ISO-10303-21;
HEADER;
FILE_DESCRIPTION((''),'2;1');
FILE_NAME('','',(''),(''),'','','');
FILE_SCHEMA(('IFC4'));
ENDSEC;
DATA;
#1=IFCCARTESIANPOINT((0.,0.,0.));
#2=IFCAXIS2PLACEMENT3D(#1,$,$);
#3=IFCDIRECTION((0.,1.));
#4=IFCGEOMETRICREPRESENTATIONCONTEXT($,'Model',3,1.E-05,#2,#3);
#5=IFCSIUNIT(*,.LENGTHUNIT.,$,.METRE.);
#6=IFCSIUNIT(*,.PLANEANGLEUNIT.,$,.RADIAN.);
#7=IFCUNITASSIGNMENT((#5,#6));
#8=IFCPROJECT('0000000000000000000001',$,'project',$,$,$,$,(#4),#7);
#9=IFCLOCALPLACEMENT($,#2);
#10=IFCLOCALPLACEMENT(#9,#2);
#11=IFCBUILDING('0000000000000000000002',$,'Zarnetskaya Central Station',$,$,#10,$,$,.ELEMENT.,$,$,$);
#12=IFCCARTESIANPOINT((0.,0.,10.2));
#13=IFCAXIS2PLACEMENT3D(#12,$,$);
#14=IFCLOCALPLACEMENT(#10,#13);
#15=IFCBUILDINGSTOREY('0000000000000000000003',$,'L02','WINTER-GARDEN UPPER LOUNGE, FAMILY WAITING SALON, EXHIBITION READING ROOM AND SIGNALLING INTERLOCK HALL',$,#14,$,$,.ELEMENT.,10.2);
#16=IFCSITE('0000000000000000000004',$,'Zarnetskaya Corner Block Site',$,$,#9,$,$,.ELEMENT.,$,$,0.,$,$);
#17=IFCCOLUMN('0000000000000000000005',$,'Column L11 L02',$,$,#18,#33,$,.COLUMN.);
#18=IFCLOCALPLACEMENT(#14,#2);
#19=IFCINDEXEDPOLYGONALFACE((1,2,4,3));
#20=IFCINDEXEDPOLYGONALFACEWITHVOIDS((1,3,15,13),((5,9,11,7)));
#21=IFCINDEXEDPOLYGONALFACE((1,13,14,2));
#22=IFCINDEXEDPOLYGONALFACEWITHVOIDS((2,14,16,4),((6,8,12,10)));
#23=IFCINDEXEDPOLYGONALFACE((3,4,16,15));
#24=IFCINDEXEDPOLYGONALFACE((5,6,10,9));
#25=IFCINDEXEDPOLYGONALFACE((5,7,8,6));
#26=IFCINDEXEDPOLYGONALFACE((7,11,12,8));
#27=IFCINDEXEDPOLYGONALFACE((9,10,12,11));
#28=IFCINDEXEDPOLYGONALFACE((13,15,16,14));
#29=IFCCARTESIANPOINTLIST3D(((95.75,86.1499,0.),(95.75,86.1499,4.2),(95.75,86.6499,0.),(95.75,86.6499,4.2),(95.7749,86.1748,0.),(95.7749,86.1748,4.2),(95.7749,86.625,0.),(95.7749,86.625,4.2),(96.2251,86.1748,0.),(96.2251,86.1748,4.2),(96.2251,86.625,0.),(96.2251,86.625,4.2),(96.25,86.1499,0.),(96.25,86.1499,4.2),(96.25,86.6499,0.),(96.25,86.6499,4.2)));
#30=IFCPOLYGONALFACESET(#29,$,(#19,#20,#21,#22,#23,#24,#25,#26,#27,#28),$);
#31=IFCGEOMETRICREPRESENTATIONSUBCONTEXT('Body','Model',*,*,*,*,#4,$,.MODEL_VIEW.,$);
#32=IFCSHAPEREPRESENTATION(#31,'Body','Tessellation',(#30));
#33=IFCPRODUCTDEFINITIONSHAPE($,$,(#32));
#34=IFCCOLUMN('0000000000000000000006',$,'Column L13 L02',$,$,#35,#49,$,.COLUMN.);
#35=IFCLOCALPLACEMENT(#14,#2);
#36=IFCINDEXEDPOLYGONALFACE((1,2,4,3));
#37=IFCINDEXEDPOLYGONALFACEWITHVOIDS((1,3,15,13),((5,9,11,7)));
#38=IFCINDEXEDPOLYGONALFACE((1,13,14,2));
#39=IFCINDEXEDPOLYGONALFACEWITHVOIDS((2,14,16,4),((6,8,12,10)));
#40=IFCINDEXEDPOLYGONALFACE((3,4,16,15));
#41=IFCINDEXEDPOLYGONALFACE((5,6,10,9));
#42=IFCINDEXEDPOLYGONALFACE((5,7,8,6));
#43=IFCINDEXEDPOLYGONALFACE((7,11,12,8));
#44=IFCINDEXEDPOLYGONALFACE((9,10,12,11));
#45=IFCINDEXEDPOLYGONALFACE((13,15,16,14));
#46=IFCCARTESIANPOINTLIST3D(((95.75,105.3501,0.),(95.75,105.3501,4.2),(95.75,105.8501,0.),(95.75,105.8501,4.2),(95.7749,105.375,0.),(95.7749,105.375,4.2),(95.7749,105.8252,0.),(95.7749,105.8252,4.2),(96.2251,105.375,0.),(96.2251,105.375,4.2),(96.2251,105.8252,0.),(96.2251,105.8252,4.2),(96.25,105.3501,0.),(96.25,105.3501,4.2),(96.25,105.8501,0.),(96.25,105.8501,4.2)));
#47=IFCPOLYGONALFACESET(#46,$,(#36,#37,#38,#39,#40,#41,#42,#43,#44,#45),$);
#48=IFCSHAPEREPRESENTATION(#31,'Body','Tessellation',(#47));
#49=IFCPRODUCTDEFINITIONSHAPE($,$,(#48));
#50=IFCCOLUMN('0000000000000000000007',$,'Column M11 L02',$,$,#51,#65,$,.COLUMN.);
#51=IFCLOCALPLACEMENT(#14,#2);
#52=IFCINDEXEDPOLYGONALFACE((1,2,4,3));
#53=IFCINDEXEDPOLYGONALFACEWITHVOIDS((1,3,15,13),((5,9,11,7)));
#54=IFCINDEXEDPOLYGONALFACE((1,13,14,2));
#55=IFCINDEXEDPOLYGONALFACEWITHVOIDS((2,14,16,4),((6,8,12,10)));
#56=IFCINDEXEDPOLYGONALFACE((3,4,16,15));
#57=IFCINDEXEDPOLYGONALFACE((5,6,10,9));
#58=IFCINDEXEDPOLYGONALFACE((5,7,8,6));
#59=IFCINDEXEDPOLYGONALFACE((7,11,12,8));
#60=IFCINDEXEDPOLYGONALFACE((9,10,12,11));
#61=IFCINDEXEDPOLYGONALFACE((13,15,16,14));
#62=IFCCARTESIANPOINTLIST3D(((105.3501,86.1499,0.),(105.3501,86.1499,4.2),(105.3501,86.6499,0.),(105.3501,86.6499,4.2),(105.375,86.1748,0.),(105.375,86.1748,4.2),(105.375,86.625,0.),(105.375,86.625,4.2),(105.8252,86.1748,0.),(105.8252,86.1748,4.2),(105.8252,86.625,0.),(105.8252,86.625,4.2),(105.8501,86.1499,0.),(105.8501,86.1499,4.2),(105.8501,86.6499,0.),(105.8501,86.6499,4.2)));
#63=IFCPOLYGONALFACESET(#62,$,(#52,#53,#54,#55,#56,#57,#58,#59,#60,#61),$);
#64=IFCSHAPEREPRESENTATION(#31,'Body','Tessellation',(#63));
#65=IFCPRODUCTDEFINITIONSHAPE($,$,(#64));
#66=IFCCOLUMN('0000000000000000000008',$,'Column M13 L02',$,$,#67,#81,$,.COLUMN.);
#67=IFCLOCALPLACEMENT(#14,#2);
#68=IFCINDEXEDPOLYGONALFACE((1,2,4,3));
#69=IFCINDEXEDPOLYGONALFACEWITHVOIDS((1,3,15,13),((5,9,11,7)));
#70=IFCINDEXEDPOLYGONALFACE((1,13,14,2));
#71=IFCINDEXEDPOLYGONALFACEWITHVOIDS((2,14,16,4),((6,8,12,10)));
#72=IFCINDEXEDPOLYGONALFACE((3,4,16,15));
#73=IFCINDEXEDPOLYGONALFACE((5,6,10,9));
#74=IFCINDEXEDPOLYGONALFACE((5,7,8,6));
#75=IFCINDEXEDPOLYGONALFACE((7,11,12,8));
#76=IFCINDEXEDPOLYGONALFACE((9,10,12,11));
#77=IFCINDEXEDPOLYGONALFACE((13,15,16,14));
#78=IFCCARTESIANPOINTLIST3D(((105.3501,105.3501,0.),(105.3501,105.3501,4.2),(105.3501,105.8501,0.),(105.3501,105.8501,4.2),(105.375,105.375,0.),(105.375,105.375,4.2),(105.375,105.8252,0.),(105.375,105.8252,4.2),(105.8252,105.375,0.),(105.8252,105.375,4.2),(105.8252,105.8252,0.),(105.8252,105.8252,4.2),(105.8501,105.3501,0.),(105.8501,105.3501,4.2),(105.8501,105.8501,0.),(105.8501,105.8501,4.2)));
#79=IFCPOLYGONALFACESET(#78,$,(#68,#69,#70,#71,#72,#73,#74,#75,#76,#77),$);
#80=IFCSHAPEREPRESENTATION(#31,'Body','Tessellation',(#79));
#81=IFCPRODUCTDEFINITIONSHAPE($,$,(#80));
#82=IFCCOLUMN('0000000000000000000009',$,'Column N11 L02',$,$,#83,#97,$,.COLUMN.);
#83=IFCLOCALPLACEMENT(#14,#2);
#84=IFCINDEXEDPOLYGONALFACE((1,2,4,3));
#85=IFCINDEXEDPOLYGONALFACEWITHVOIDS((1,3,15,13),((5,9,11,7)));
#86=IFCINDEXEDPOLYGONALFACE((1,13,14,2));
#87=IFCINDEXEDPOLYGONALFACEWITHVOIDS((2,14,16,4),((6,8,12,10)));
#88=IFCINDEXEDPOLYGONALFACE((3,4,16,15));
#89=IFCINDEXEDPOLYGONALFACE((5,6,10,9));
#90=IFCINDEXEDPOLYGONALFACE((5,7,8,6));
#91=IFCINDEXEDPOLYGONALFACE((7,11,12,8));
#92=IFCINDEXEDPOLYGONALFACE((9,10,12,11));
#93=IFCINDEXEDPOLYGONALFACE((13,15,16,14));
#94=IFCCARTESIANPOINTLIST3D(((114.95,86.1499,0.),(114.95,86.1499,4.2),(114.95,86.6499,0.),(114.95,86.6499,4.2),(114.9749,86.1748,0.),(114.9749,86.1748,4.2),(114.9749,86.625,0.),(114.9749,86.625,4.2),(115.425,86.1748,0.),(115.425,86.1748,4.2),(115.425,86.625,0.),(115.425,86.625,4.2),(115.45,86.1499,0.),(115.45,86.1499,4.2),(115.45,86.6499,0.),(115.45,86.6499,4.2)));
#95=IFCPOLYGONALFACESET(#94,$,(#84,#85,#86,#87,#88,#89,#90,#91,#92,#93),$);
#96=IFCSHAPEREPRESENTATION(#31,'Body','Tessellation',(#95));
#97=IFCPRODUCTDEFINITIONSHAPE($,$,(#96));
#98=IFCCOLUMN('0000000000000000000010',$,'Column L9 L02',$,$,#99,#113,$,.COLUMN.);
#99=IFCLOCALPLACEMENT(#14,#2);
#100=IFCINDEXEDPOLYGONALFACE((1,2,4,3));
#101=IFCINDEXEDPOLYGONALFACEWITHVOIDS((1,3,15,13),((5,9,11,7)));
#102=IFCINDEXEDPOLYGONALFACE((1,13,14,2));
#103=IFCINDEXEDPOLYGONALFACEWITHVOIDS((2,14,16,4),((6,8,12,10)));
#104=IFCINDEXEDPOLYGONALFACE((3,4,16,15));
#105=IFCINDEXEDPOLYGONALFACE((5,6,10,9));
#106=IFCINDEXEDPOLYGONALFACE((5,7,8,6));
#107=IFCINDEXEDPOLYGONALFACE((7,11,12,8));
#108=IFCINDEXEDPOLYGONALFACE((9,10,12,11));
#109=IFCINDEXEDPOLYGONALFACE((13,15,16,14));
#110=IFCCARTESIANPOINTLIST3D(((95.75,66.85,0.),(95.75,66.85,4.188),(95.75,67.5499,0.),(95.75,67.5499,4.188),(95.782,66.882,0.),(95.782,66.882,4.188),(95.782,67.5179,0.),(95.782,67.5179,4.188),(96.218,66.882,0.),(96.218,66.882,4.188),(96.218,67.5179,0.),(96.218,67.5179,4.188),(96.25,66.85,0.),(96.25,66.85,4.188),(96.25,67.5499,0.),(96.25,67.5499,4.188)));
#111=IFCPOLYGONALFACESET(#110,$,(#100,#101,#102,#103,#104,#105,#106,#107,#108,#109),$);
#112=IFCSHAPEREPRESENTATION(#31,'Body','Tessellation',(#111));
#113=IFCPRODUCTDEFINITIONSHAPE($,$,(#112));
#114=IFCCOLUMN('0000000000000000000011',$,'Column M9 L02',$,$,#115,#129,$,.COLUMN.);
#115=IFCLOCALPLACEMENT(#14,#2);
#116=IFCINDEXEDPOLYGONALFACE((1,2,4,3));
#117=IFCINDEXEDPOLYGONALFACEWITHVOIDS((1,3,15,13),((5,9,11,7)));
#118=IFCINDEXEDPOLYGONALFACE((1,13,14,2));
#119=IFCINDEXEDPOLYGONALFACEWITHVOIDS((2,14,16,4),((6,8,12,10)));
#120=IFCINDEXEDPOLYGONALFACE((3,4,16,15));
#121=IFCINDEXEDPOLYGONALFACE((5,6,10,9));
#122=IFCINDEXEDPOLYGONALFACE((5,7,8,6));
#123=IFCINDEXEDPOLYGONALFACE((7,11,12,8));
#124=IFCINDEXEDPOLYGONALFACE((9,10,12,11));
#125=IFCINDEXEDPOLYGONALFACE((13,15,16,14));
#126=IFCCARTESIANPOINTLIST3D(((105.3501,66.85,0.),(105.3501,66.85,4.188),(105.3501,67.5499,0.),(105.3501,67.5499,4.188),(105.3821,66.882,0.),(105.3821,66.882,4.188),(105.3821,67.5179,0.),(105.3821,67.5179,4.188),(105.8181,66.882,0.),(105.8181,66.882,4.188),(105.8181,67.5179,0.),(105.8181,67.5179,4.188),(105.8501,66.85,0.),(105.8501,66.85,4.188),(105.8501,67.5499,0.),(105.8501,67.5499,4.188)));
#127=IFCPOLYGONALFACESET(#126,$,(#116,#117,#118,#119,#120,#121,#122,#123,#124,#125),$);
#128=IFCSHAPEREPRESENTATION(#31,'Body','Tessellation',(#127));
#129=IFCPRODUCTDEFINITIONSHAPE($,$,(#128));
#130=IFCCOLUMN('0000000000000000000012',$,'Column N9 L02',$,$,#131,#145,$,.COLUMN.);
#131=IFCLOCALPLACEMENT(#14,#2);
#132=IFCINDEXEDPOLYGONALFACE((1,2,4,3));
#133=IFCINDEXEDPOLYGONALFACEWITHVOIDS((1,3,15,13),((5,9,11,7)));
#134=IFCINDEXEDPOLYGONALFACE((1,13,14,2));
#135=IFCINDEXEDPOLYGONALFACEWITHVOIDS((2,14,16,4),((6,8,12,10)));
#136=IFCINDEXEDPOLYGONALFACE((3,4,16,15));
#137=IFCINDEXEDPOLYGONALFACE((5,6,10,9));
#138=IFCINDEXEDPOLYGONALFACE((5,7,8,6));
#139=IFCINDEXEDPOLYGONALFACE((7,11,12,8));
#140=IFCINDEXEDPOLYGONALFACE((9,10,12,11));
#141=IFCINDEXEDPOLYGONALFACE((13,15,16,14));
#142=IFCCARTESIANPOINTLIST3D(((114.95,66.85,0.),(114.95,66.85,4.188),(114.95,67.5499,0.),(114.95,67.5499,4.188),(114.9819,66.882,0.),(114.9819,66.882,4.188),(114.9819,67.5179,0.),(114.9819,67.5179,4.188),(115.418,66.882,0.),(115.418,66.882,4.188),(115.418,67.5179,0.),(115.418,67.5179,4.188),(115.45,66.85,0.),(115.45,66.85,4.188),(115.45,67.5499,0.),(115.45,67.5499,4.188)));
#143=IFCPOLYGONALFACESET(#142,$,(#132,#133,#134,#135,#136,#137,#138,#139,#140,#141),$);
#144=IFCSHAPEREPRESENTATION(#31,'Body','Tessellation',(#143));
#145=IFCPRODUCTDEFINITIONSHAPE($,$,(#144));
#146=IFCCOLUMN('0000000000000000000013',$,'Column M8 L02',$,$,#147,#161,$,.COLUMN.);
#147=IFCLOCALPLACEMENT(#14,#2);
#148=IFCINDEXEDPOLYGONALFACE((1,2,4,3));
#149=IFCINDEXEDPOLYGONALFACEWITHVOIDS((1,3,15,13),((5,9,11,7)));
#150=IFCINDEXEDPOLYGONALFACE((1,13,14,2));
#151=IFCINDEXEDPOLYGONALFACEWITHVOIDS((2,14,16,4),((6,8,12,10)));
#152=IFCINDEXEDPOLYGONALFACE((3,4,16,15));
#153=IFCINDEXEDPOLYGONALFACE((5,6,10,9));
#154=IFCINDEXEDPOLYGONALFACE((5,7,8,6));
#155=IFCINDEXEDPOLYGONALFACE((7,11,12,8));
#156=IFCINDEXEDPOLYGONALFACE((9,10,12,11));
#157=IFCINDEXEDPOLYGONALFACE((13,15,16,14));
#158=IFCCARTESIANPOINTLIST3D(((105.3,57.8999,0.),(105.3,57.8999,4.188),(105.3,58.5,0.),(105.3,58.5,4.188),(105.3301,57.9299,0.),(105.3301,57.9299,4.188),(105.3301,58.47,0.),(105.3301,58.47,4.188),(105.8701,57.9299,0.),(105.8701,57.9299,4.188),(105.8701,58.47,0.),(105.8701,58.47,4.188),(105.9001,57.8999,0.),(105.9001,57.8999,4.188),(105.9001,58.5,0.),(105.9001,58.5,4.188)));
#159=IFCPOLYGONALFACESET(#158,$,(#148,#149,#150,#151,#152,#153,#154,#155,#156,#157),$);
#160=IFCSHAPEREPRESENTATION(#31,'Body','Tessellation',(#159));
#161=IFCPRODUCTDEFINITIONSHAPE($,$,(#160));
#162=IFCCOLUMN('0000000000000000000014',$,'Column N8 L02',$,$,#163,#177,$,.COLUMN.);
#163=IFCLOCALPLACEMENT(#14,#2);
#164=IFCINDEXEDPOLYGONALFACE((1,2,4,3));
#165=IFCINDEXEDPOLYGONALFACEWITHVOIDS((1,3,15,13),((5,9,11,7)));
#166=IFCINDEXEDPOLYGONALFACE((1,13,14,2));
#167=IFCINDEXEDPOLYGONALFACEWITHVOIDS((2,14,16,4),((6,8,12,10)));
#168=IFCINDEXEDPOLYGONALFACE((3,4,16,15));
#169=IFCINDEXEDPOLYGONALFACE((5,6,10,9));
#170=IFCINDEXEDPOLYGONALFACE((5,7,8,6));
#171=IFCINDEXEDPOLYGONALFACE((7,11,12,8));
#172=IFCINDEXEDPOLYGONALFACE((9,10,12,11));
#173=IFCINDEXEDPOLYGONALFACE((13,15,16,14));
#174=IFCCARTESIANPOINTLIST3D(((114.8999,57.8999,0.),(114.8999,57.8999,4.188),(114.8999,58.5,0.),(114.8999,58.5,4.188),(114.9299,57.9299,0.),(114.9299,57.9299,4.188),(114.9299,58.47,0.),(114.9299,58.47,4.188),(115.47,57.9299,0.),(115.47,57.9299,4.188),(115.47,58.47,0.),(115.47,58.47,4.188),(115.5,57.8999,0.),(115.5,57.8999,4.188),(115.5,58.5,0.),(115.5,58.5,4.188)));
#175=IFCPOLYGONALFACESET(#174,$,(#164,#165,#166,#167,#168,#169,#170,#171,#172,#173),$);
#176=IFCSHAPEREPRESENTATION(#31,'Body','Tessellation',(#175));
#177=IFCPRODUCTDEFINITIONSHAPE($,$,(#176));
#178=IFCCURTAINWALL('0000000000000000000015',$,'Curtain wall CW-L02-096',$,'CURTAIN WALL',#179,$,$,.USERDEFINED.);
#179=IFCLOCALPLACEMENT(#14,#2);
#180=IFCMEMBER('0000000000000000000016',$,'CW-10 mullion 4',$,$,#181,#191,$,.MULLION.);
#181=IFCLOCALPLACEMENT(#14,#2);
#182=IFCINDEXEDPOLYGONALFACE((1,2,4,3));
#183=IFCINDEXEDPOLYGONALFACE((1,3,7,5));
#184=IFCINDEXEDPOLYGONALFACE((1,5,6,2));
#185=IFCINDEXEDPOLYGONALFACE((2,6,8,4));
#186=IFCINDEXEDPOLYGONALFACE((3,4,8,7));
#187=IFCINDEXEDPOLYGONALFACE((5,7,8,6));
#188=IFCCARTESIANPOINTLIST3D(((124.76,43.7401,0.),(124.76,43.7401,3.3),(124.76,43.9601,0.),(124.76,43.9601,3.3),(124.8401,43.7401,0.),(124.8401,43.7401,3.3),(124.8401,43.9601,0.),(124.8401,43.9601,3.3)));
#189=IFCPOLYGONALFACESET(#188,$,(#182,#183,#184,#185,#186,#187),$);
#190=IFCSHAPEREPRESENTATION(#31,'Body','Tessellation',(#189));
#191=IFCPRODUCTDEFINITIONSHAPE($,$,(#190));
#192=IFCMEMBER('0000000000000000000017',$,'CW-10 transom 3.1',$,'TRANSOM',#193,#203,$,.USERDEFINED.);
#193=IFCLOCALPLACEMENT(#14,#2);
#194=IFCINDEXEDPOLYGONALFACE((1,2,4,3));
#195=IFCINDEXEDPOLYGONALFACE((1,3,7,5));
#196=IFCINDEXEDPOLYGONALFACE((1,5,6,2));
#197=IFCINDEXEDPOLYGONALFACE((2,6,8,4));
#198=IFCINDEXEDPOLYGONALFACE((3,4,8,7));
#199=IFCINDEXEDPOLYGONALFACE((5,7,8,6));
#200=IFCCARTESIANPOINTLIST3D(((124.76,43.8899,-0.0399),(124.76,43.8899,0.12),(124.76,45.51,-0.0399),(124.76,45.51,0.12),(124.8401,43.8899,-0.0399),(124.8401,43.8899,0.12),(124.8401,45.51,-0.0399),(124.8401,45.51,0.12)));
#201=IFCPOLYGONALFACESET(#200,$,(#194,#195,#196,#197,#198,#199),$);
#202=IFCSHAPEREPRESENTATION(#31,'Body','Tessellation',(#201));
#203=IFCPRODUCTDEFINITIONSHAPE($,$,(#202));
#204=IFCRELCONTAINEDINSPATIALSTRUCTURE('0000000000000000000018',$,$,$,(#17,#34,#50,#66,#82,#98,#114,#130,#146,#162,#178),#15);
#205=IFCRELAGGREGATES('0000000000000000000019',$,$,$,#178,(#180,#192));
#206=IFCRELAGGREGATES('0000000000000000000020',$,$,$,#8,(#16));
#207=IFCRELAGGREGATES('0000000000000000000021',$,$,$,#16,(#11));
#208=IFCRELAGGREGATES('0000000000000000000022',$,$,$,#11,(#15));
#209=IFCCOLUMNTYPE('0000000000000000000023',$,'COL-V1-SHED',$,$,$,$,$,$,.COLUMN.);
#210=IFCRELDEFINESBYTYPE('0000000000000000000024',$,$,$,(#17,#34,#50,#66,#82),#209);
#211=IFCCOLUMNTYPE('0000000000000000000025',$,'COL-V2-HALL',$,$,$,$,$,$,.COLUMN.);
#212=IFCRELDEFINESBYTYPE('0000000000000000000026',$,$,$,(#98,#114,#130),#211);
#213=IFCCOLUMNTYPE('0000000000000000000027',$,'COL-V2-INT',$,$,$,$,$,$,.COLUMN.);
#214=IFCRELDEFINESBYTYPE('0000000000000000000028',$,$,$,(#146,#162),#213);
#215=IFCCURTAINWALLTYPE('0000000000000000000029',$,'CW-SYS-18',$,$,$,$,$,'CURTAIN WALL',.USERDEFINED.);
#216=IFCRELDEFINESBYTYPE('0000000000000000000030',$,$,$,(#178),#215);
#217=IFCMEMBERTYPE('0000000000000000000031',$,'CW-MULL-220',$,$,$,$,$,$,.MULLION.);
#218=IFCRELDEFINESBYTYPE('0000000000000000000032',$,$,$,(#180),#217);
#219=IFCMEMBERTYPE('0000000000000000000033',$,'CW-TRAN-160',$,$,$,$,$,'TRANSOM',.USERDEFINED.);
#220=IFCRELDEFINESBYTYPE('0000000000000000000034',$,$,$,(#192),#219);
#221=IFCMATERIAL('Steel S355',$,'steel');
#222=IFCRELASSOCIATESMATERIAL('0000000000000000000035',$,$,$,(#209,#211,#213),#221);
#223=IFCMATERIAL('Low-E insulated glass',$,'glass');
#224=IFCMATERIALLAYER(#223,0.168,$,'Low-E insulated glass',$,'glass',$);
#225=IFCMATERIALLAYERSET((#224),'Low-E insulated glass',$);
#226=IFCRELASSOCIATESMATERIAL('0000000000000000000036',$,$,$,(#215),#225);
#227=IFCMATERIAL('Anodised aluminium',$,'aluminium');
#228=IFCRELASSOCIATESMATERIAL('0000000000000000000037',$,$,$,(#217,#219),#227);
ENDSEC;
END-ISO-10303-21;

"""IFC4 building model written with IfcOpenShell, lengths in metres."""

from ifc_helpers import new_model, si_unit, direction, frame, origin, origin_2d, place, context, subcontext, project, spatial, rectangle, hollow_rectangle, extrude, material, layer, layer_set, material_profile, profile_set, type_object, element, aggregate, save


model = new_model("IFC4")

# Units and contexts
model_context = context("Model", 3, precision=1e-05, world=origin(), true_north=direction((0.0, 1.0)))
body_context = subcontext(model_context, "Body", "Model", "MODEL_VIEW")
ifc_project = project(units=[si_unit("LENGTHUNIT", "METRE"), si_unit("PLANEANGLEUNIT", "RADIAN")], contexts=[model_context])

# Site, building, storey
site_placement = place(None, origin())
site = spatial("IfcSite", under=ifc_project, at=site_placement, Name="Zarnetskaya Corner Block Site", CompositionType="ELEMENT", RefElevation=0.0)
building_placement = place(site_placement, origin())
building = spatial("IfcBuilding", under=site, at=building_placement, Name="Zarnetskaya Central Station", CompositionType="ELEMENT")
storey_placement = place(building_placement, frame((0.0, 0.0, 10.2)))
storey = spatial("IfcBuildingStorey", under=building, at=storey_placement, Name="L02", Description="WINTER-GARDEN UPPER LOUNGE, FAMILY WAITING SALON, EXHIBITION READING ROOM AND SIGNALLING INTERLOCK HALL", CompositionType="ELEMENT", Elevation=10.2)

# Columns
ifc_material_1 = material(Name="Steel S355", Category="steel")
ifc_material_profile_1 = material_profile(ifc_material_1, hollow_rectangle(XDim=0.5, YDim=0.5, WallThickness=0.0249, at=origin_2d()), Name="BOX 500x500x25")
ifc_profile_set_1 = profile_set([ifc_material_profile_1], Name="Steel S355")
column_type_1 = type_object("IfcColumnType", Name="COL-V1-SHED", PredefinedType="COLUMN", material=ifc_profile_set_1)
for number, where, z_axis, x_axis, name in (
    (1, (96.0, 86.3999, 0.0), (0.0, 0.0, 1.0), (1.0, 0.0, 0.0), "Column L11 L02"),
    (2, (96.0, 105.6001, 0.0), (0.0, 0.0, 1.0), (1.0, 0.0, 0.0), "Column L13 L02"),
    (3, (105.6001, 86.3999, 0.0), (0.0, 0.0, 1.0), (1.0, 0.0, 0.0), "Column M11 L02"),
    (4, (105.6001, 105.6001, 0.0), (0.0, 0.0, 1.0), (1.0, 0.0, 0.0), "Column M13 L02"),
    (5, (115.2, 86.3999, 0.0), (0.0, 0.0, 1.0), (1.0, 0.0, 0.0), "Column N11 L02"),
):
    element("IfcColumn", number, at=place(storey_placement, frame(where, z_axis=z_axis, x_axis=x_axis)), inside=storey, type_object=column_type_1, Name=name, PredefinedType="COLUMN", context=body_context, shape_type="SweptSolid", body=[
        extrude(hollow_rectangle(XDim=0.5, YDim=0.5, WallThickness=0.0249, at=origin_2d()), origin(), (0.0, 0.0, 1.0), 4.2),
    ])
ifc_material_profile_2 = material_profile(ifc_material_1, hollow_rectangle(XDim=0.5, YDim=0.7, WallThickness=0.032, at=origin_2d()), Name="BOX 700x500x32")
ifc_profile_set_2 = profile_set([ifc_material_profile_2], Name="Steel S355")
column_type_2 = type_object("IfcColumnType", Name="COL-V2-HALL", PredefinedType="COLUMN", material=ifc_profile_set_2)
for number, where, z_axis, x_axis, name in (
    (6, (96.0, 67.2, 0.0), (0.0, 0.0, 1.0), (1.0, 0.0, 0.0), "Column L9 L02"),
    (7, (105.6001, 67.2, 0.0), (0.0, 0.0, 1.0), (1.0, 0.0, 0.0), "Column M9 L02"),
    (8, (115.2, 67.2, 0.0), (0.0, 0.0, 1.0), (1.0, 0.0, 0.0), "Column N9 L02"),
):
    element("IfcColumn", number, at=place(storey_placement, frame(where, z_axis=z_axis, x_axis=x_axis)), inside=storey, type_object=column_type_2, Name=name, PredefinedType="COLUMN", context=body_context, shape_type="SweptSolid", body=[
        extrude(hollow_rectangle(XDim=0.5, YDim=0.7, WallThickness=0.032, at=origin_2d()), origin(), (0.0, 0.0, 1.0), 4.188),
    ])
ifc_material_profile_3 = material_profile(ifc_material_1, hollow_rectangle(XDim=0.6001, YDim=0.6001, WallThickness=0.03, at=origin_2d()), Name="BOX 600x600x30")
ifc_profile_set_3 = profile_set([ifc_material_profile_3], Name="Steel S355")
column_type_3 = type_object("IfcColumnType", Name="COL-V2-INT", PredefinedType="COLUMN", material=ifc_profile_set_3)
for number, where, z_axis, x_axis, name in (
    (9, (105.6001, 58.2, 0.0), (0.0, 0.0, 1.0), (1.0, 0.0, 0.0), "Column M8 L02"),
    (10, (115.2, 58.2, 0.0), (0.0, 0.0, 1.0), (1.0, 0.0, 0.0), "Column N8 L02"),
):
    element("IfcColumn", number, at=place(storey_placement, frame(where, z_axis=z_axis, x_axis=x_axis)), inside=storey, type_object=column_type_3, Name=name, PredefinedType="COLUMN", context=body_context, shape_type="SweptSolid", body=[
        extrude(hollow_rectangle(XDim=0.6001, YDim=0.6001, WallThickness=0.03, at=origin_2d()), origin(), (0.0, 0.0, 1.0), 4.188),
    ])

# Curtain wall, members
ifc_material_2 = material(Name="Low-E insulated glass", Category="glass")
ifc_layer_1 = layer(ifc_material_2, 0.168, Name="Low-E insulated glass", Category="glass")
ifc_layer_set_1 = layer_set([ifc_layer_1], Name="Low-E insulated glass")
curtain_wall_type = type_object("IfcCurtainWallType", Name="CW-SYS-18", ElementType="CURTAIN WALL", PredefinedType="USERDEFINED", material=ifc_layer_set_1)
curtain_wall_placement = place(storey_placement, origin())
curtain_wall = element("IfcCurtainWall", 11, at=curtain_wall_placement, inside=storey, type_object=curtain_wall_type, Name="Curtain wall CW-L02-096", ObjectType="CURTAIN WALL", PredefinedType="USERDEFINED")
ifc_material_3 = material(Name="Anodised aluminium", Category="aluminium")
ifc_material_profile_4 = material_profile(ifc_material_3, rectangle(XDim=0.0801, YDim=0.22, at=origin_2d()), Name="ALU MULL 80x220")
ifc_profile_set_4 = profile_set([ifc_material_profile_4], Name="Anodised aluminium")
member_type_1 = type_object("IfcMemberType", Name="CW-MULL-220", PredefinedType="MULLION", material=ifc_profile_set_4)
member_1_placement = place(storey_placement, frame((124.8, 43.8501, 0.0), z_axis=(0.0, 0.0, 1.0), x_axis=(1.0, 0.0, 0.0)))
member_1 = element("IfcMember", 12, at=member_1_placement, type_object=member_type_1, Name="CW-10 mullion 4", PredefinedType="MULLION", context=body_context, shape_type="SweptSolid", body=[
    extrude(rectangle(XDim=0.0801, YDim=0.22, at=origin_2d()), origin(), (0.0, 0.0, 1.0), 3.3),
])
ifc_material_profile_5 = material_profile(ifc_material_3, rectangle(XDim=0.0801, YDim=0.1599, at=origin_2d()), Name="ALU TRAN 80x160")
ifc_profile_set_5 = profile_set([ifc_material_profile_5], Name="Anodised aluminium")
member_type_2 = type_object("IfcMemberType", Name="CW-TRAN-160", ElementType="TRANSOM", PredefinedType="USERDEFINED", material=ifc_profile_set_5)
member_2_placement = place(storey_placement, frame((124.8, 45.51, 0.04), z_axis=(0.0, -1.0, 0.0), x_axis=(1.0, 0.0, 0.0)))
member_2 = element("IfcMember", 13, at=member_2_placement, type_object=member_type_2, Name="CW-10 transom 3.1", ObjectType="TRANSOM", PredefinedType="USERDEFINED", context=body_context, shape_type="SweptSolid", body=[
    extrude(rectangle(XDim=0.0801, YDim=0.1599, at=origin_2d()), origin(), (0.0, 0.0, 1.0), 1.6201),
])
aggregate(curtain_wall, [member_1, member_2])

save(model, "model.ifc")
